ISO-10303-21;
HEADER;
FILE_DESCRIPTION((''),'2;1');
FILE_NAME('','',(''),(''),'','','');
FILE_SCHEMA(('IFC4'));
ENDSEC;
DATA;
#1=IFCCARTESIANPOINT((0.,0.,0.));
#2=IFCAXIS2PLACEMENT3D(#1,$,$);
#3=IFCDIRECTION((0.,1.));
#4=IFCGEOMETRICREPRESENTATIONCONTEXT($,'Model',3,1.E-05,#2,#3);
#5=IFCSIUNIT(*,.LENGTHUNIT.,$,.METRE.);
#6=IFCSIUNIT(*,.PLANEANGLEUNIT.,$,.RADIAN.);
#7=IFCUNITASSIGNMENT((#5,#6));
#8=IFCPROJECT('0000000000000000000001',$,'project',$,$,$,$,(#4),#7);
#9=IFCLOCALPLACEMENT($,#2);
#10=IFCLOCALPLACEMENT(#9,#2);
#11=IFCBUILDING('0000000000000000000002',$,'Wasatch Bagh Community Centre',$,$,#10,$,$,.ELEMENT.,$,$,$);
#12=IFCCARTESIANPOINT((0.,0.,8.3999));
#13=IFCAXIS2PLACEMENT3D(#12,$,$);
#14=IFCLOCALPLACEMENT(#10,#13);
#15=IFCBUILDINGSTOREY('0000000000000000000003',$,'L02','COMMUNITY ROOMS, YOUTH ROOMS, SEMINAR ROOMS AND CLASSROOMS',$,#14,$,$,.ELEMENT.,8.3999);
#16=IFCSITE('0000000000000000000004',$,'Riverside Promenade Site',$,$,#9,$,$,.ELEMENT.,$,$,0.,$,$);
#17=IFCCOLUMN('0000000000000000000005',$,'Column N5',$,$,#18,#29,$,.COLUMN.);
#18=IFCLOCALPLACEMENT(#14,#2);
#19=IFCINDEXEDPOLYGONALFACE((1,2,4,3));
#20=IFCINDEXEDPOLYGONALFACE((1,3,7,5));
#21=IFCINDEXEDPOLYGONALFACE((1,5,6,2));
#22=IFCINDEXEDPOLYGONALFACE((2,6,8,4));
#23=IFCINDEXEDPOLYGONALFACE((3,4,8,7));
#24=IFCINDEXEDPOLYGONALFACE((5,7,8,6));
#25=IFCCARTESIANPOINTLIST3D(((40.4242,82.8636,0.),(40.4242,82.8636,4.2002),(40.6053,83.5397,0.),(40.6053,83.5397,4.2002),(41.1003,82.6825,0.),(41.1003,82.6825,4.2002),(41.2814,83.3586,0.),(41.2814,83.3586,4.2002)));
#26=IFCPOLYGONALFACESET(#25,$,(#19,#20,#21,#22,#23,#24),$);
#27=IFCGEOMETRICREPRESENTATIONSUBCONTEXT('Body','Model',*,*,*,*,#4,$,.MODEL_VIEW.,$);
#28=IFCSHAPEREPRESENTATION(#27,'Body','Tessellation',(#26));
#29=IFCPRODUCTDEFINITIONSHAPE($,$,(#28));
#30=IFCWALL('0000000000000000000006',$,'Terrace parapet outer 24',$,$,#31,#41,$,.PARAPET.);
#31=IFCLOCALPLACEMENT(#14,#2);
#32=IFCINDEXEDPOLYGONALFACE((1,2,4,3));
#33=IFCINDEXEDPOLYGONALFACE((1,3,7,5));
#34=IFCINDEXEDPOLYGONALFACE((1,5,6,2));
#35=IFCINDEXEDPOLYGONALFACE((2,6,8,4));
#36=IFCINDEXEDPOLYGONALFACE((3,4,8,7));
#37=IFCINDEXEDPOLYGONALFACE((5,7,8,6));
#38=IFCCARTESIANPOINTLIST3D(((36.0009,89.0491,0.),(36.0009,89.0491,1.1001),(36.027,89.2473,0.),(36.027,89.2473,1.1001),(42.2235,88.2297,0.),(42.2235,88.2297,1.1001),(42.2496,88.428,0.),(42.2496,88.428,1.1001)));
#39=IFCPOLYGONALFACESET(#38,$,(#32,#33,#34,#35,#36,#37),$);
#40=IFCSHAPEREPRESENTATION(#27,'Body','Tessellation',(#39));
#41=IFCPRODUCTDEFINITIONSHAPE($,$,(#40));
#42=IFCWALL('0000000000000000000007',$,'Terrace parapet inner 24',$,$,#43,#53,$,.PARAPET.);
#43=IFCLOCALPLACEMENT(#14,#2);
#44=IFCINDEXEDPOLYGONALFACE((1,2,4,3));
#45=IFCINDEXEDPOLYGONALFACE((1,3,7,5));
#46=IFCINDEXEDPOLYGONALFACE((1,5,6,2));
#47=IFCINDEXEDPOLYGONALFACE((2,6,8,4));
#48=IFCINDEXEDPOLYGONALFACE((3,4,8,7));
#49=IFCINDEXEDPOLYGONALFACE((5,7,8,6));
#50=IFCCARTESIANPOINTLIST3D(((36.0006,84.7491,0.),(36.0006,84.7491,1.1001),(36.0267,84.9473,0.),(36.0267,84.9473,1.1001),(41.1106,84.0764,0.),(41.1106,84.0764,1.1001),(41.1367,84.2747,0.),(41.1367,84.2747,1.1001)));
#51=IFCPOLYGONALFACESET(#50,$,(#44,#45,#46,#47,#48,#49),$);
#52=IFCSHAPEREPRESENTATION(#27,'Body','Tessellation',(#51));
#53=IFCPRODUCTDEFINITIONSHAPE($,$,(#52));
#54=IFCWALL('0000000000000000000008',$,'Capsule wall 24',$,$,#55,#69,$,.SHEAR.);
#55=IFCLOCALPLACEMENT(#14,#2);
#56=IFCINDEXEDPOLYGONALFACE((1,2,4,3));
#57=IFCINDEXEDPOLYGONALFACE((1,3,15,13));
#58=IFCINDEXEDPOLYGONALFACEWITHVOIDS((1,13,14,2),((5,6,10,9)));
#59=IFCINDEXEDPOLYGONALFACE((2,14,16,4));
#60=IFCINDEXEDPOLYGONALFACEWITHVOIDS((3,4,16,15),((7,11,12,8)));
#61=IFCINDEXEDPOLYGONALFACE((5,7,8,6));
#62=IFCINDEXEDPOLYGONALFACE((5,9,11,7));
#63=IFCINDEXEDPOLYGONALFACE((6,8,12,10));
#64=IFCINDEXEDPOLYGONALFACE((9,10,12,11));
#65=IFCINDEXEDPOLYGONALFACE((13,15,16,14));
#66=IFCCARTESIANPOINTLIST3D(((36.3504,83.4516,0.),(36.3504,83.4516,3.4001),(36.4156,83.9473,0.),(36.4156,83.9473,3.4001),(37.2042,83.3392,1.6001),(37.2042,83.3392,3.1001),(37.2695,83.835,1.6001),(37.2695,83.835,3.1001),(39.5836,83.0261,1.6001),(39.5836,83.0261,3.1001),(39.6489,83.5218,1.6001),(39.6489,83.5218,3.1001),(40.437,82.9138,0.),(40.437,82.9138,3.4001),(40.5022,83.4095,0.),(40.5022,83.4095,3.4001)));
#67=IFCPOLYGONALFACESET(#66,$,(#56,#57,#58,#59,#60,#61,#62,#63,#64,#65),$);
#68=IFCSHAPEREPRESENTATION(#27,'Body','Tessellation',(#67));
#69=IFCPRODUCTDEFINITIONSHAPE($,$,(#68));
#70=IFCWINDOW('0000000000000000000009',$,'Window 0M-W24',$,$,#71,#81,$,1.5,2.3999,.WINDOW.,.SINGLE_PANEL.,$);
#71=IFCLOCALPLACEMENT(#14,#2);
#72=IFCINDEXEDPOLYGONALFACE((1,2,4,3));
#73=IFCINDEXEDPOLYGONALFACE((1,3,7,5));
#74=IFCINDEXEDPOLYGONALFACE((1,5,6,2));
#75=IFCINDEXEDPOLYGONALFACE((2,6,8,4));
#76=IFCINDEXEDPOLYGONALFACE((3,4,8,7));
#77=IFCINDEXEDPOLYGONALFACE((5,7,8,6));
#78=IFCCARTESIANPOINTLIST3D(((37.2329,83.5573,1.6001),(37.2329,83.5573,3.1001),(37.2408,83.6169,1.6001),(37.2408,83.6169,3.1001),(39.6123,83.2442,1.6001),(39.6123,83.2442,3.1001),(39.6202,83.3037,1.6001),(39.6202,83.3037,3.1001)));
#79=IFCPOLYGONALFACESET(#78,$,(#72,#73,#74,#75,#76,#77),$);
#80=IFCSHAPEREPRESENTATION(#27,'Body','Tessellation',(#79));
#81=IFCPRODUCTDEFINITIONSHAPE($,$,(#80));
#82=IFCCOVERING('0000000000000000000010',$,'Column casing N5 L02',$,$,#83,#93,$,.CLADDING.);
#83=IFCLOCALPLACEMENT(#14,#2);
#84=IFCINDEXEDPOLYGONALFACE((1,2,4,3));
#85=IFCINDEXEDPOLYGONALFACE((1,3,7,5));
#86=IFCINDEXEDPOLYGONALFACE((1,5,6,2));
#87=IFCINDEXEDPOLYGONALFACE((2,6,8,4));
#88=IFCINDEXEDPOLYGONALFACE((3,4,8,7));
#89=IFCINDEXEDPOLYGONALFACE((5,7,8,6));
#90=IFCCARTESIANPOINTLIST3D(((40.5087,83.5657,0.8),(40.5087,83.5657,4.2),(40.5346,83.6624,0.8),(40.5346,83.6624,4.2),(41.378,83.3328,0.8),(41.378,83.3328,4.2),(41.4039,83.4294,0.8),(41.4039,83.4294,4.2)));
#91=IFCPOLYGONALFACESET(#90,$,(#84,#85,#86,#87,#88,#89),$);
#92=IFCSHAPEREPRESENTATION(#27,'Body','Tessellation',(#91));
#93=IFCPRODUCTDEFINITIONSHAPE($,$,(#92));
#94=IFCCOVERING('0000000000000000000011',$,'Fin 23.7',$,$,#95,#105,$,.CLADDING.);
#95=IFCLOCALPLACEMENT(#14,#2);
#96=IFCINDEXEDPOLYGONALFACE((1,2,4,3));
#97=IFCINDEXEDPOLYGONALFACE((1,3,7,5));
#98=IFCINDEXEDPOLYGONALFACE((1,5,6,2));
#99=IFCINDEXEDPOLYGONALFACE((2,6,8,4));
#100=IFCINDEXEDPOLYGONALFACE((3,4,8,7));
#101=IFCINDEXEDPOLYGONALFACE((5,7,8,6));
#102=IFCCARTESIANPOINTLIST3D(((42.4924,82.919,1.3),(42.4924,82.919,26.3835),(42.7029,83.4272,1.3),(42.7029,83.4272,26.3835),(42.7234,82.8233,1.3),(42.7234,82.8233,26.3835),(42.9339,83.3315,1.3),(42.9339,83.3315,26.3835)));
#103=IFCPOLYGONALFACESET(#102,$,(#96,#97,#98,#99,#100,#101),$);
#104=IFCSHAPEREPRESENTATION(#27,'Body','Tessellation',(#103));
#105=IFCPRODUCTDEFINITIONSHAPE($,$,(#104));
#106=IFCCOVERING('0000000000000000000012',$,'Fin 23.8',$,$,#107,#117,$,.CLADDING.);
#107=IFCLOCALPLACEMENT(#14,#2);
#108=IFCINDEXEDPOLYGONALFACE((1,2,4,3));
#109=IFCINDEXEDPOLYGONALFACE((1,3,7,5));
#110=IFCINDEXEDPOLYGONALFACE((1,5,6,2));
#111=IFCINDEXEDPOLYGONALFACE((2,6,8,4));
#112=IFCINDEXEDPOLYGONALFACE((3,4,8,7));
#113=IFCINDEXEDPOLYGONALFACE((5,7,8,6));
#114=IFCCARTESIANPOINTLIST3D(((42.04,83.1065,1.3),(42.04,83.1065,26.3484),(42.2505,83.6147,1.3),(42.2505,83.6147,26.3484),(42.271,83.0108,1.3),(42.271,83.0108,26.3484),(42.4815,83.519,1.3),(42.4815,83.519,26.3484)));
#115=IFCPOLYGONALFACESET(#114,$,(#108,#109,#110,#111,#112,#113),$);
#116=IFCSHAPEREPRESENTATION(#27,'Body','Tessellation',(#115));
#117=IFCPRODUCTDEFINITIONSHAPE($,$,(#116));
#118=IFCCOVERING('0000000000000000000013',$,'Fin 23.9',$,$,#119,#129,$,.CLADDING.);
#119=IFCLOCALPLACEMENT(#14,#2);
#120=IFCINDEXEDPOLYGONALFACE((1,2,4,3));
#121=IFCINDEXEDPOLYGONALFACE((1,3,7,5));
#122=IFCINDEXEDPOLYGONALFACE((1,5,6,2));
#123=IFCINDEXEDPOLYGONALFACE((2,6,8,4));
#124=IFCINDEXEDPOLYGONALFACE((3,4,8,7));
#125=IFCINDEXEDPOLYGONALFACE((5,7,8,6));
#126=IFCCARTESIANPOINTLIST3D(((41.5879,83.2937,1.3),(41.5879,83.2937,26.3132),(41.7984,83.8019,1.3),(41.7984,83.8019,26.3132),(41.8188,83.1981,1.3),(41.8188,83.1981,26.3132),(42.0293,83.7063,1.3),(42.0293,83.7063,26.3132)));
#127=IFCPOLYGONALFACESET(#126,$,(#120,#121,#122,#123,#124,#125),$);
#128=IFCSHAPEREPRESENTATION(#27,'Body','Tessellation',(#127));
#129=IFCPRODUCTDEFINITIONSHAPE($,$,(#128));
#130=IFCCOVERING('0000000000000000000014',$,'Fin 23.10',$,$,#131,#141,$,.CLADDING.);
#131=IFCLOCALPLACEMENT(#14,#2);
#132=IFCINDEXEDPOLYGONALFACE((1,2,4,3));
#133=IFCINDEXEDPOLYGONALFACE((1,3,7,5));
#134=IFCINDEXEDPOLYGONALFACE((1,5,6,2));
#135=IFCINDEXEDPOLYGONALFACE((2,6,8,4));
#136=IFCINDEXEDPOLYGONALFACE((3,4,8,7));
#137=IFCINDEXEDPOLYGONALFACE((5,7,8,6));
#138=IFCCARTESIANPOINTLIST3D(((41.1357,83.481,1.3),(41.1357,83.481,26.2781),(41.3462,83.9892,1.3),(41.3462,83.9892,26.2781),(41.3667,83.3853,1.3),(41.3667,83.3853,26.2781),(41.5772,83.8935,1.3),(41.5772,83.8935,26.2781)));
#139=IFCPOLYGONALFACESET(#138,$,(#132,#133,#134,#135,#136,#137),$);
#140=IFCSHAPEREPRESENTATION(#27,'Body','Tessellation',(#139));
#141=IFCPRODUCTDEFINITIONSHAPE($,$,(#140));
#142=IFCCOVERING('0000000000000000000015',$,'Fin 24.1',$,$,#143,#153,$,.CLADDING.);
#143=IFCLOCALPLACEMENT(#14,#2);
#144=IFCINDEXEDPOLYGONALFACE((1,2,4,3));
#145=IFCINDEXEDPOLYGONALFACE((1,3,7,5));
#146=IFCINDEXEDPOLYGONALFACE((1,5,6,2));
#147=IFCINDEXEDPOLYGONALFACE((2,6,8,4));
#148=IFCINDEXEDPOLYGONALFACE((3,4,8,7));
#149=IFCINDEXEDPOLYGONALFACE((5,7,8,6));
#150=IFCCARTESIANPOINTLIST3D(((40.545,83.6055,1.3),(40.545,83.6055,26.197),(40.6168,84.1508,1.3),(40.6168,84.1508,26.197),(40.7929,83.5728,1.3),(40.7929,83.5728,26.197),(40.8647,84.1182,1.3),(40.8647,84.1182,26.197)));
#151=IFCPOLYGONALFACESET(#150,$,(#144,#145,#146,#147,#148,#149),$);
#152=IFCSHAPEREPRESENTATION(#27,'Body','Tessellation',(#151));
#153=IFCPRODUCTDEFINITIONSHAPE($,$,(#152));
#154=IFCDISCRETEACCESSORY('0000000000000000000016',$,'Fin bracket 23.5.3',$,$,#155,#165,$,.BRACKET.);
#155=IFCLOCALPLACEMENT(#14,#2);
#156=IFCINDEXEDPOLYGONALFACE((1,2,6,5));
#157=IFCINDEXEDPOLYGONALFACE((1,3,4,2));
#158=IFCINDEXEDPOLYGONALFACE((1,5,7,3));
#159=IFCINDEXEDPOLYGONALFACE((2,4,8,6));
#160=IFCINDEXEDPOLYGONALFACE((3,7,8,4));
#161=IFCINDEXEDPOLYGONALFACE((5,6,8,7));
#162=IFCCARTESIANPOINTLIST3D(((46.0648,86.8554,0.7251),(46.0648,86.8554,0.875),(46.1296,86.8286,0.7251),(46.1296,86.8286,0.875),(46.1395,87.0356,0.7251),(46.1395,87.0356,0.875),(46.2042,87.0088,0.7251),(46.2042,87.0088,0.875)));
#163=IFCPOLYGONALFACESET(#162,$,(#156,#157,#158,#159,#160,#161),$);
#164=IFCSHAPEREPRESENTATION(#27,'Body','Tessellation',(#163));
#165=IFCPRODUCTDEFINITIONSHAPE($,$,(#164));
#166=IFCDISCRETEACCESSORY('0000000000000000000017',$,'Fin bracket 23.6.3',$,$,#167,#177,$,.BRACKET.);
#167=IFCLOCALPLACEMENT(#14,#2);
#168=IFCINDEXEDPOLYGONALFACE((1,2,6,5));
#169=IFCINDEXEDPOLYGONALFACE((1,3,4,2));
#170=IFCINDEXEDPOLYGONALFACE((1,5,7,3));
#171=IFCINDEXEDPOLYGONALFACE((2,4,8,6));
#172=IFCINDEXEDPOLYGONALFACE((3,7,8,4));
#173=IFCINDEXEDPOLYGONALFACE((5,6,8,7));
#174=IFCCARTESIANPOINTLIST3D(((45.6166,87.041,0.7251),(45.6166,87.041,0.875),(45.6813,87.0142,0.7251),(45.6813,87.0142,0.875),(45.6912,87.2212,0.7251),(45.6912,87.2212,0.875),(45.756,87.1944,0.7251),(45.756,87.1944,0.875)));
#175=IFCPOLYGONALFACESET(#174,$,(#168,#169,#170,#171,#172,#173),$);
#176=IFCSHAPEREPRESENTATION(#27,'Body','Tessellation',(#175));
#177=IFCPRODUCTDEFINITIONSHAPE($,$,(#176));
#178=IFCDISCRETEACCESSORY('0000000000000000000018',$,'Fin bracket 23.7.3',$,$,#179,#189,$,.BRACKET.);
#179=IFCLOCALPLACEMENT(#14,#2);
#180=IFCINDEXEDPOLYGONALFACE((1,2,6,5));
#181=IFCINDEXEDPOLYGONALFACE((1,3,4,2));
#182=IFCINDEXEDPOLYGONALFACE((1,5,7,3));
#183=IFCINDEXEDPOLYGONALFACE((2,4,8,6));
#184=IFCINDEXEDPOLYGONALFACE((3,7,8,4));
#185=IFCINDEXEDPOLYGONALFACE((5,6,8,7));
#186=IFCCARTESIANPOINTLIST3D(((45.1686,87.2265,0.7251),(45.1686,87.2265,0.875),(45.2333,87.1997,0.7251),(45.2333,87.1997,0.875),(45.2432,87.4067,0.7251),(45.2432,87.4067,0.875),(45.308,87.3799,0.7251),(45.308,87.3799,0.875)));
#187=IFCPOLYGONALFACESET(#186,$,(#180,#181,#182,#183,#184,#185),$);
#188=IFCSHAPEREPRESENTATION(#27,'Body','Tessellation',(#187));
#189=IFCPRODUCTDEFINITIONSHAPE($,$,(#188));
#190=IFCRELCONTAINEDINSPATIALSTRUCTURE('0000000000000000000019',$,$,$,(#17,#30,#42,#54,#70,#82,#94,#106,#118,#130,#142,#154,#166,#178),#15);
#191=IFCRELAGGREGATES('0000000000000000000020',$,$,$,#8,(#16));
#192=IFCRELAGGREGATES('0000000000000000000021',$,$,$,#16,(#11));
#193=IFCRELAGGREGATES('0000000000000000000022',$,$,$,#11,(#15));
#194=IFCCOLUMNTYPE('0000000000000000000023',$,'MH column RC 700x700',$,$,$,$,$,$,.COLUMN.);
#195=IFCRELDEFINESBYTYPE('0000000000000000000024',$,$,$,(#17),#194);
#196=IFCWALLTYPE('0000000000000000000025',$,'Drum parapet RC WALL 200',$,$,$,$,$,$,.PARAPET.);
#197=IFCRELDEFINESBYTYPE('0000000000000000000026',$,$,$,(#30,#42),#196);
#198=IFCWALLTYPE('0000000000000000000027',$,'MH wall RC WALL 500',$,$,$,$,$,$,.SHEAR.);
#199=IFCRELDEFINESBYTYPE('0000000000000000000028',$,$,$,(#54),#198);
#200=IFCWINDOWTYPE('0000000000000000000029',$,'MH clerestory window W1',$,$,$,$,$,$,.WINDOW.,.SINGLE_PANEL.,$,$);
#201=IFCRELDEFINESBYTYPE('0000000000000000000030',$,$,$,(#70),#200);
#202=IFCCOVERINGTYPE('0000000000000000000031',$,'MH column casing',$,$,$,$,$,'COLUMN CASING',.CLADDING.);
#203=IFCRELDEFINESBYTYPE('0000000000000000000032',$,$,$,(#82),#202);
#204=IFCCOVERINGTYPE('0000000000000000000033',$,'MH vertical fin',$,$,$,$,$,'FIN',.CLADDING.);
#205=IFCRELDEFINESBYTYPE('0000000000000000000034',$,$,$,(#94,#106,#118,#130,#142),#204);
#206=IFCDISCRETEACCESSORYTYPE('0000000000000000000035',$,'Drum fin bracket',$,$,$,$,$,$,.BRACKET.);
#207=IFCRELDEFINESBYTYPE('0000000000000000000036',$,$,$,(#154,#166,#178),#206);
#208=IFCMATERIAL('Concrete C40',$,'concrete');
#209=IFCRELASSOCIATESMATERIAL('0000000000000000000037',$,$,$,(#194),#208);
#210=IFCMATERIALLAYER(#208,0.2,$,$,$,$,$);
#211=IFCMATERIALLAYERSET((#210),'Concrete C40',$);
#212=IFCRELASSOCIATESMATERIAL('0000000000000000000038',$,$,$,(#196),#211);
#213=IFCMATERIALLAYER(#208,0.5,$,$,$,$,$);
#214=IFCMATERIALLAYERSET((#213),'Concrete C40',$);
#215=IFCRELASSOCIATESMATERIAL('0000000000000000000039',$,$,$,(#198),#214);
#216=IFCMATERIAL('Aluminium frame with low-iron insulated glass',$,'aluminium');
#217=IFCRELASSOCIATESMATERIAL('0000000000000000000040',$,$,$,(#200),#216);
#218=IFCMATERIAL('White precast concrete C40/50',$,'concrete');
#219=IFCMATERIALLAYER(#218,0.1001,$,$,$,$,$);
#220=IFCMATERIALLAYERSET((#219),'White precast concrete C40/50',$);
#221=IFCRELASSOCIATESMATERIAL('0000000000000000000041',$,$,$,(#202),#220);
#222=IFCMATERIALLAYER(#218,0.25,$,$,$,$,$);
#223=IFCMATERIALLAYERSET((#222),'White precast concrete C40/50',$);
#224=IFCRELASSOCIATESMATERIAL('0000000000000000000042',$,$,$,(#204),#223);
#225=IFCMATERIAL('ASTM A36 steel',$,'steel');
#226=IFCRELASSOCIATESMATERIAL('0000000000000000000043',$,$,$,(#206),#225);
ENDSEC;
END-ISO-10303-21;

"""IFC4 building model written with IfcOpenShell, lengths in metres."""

from ifc_helpers import new_model, si_unit, direction, frame, frame_2d, origin, origin_2d, place, context, subcontext, project, spatial, rectangle, extrude, material, layer, layer_set, material_profile, profile_set, type_object, element, fill, save


model = new_model("IFC4")

# Units and contexts
model_context = context("Model", 3, precision=1e-05, world=origin(), true_north=direction((0.0, 1.0)))
body_context = subcontext(model_context, "Body", "Model", "MODEL_VIEW")
ifc_project = project(units=[si_unit("LENGTHUNIT", "METRE"), si_unit("PLANEANGLEUNIT", "RADIAN")], contexts=[model_context])

# Site, building, storey
site_placement = place(None, origin())
site = spatial("IfcSite", under=ifc_project, at=site_placement, Name="Riverside Promenade Site", CompositionType="ELEMENT", RefElevation=0.0)
building_placement = place(site_placement, origin())
building = spatial("IfcBuilding", under=site, at=building_placement, Name="Wasatch Bagh Community Centre", CompositionType="ELEMENT")
storey_placement = place(building_placement, frame((0.0, 0.0, 8.3999)))
storey = spatial("IfcBuildingStorey", under=building, at=storey_placement, Name="L02", Description="COMMUNITY ROOMS, YOUTH ROOMS, SEMINAR ROOMS AND CLASSROOMS", CompositionType="ELEMENT", Elevation=8.3999)

# Column
ifc_material_1 = material(Name="Concrete C40", Category="concrete")
ifc_material_profile = material_profile(ifc_material_1, rectangle(XDim=0.7, YDim=0.7, at=origin_2d()), Name="RC 700x700")
ifc_profile_set = profile_set([ifc_material_profile], Name="Concrete C40")
column_type = type_object("IfcColumnType", Name="MH column RC 700x700", PredefinedType="COLUMN", material=ifc_profile_set)
column_placement = place(storey_placement, frame((40.8528, 83.1111, 0.0), z_axis=(0.0, 0.0, 1.0), x_axis=(0.258819, 0.965926, 0.0)))
element("IfcColumn", 1, at=column_placement, inside=storey, type_object=column_type, Name="Column N5", PredefinedType="COLUMN", context=body_context, shape_type="SweptSolid", body=[
    extrude(rectangle(XDim=0.7, YDim=0.7, at=origin_2d()), origin(), (0.0, 0.0, 1.0), 4.2002),
])

# Walls
ifc_layer_1 = layer(ifc_material_1, 0.2)
ifc_layer_set_1 = layer_set([ifc_layer_1], Name="Concrete C40")
wall_type_1 = type_object("IfcWallType", Name="Drum parapet RC WALL 200", PredefinedType="PARAPET", material=ifc_layer_set_1)
wall_1_placement = place(storey_placement, frame((42.2366, 88.3289, 0.0), z_axis=(0.0, 0.0, 1.0), x_axis=(-0.991443, 0.130543, 0.0)))
element("IfcWall", 2, at=wall_1_placement, inside=storey, type_object=wall_type_1, Name="Terrace parapet outer 24", PredefinedType="PARAPET", context=body_context, shape_type="SweptSolid", body=[
    extrude(rectangle(XDim=6.2764, YDim=0.2, at=frame_2d((3.1382, 0.0))), origin(), (0.0, 0.0, 1.0), 1.1001),
])
wall_2_placement = place(storey_placement, frame((41.1238, 84.1755, 0.0), z_axis=(0.0, 0.0, 1.0), x_axis=(-0.991448, 0.130504, 0.0)))
element("IfcWall", 3, at=wall_2_placement, inside=storey, type_object=wall_type_1, Name="Terrace parapet inner 24", PredefinedType="PARAPET", context=body_context, shape_type="SweptSolid", body=[
    extrude(rectangle(XDim=5.1541, YDim=0.2, at=frame_2d((2.5771, 0.0))), origin(), (0.0, 0.0, 1.0), 1.1001),
])

# Wall, opening, window
ifc_layer_2 = layer(ifc_material_1, 0.5)
ifc_layer_set_2 = layer_set([ifc_layer_2], Name="Concrete C40")
wall_type_2 = type_object("IfcWallType", Name="MH wall RC WALL 500", PredefinedType="SHEAR", material=ifc_layer_set_2)
wall_3_placement = place(storey_placement, frame((40.4697, 83.1616, 0.0), z_axis=(0.0, 0.0, 1.0), x_axis=(-0.99145, 0.130484, 0.0)))
wall_3 = element("IfcWall", 4, at=wall_3_placement, inside=storey, type_object=wall_type_2, Name="Capsule wall 24", PredefinedType="SHEAR", context=body_context, shape_type="SweptSolid", body=[
    extrude(rectangle(XDim=4.1218, YDim=0.5, at=frame_2d((2.061, 0.0))), origin(), (0.0, 0.0, 1.0), 3.4001),
])
opening_placement = place(wall_3_placement, frame((0.8608, 0.0, 1.6001)))
opening = element("IfcOpeningElement", 5, at=opening_placement, cuts=wall_3, PredefinedType="OPENING", context=body_context, shape_type="SweptSolid", body=[
    extrude(rectangle(XDim=2.3999, YDim=1.5, at=frame_2d((1.2, 0.75))), frame((0.0, 0.26, 0.0), z_axis=(0.0, -1.0, 0.0), x_axis=(1.0, 0.0, 0.0)), (0.0, 0.0, 1.0), 0.52),
])
ifc_material_2 = material(Name="Aluminium frame with low-iron insulated glass", Category="aluminium")
window_type = type_object("IfcWindowType", Name="MH clerestory window W1", PartitioningType="SINGLE_PANEL", PredefinedType="WINDOW", material=ifc_material_2)
window_placement = place(opening_placement, origin())
window = element("IfcWindow", 6, at=window_placement, inside=storey, type_object=window_type, Name="Window 0M-W24", OverallHeight=1.5, OverallWidth=2.3999, PartitioningType="SINGLE_PANEL", PredefinedType="WINDOW", context=body_context, shape_type="SweptSolid", body=[
    extrude(rectangle(XDim=2.3999, YDim=1.5, at=frame_2d((1.2, 0.75))), frame((0.0, 0.03, 0.0), z_axis=(0.0, -1.0, 0.0), x_axis=(1.0, 0.0, 0.0)), (0.0, 0.0, 1.0), 0.0601),
])
fill(opening, window)

# Coverings
ifc_material_3 = material(Name="White precast concrete C40/50", Category="concrete")
ifc_layer_3 = layer(ifc_material_3, 0.1001)
ifc_layer_set_3 = layer_set([ifc_layer_3], Name="White precast concrete C40/50")
covering_type_1 = type_object("IfcCoveringType", Name="MH column casing", ElementType="COLUMN CASING", PredefinedType="CLADDING", material=ifc_layer_set_3)
covering_1_placement = place(storey_placement, frame((40.9563, 83.4976, 0.8), z_axis=(0.0, 0.0, 1.0), x_axis=(-0.965926, 0.258819, 0.0)))
element("IfcCovering", 7, at=covering_1_placement, inside=storey, type_object=covering_type_1, Name="Column casing N5 L02", PredefinedType="CLADDING", context=body_context, shape_type="SweptSolid", body=[
    extrude(rectangle(XDim=0.8999, YDim=0.1001, at=origin_2d()), origin(), (0.0, 0.0, 1.0), 3.3999),
])
ifc_layer_4 = layer(ifc_material_3, 0.25)
ifc_layer_set_4 = layer_set([ifc_layer_4], Name="White precast concrete C40/50")
covering_type_2 = type_object("IfcCoveringType", Name="MH vertical fin", ElementType="FIN", PredefinedType="CLADDING", material=ifc_layer_set_4)
covering_2_placement = place(storey_placement, frame((42.7131, 83.1252, 1.3), z_axis=(0.0, 0.0, 1.0), x_axis=(-0.92388, 0.382683, 0.0)))
element("IfcCovering", 8, at=covering_2_placement, inside=storey, type_object=covering_type_2, Name="Fin 23.7", PredefinedType="CLADDING", context=body_context, shape_type="SweptSolid", body=[
    extrude(rectangle(XDim=0.25, YDim=0.55, at=origin_2d()), origin(), (0.0, 0.0, 1.0), 25.0835),
])
covering_3_placement = place(storey_placement, frame((42.2607, 83.3127, 1.3), z_axis=(0.0, 0.0, 1.0), x_axis=(-0.92388, 0.382683, 0.0)))
element("IfcCovering", 9, at=covering_3_placement, inside=storey, type_object=covering_type_2, Name="Fin 23.8", PredefinedType="CLADDING", context=body_context, shape_type="SweptSolid", body=[
    extrude(rectangle(XDim=0.25, YDim=0.55, at=origin_2d()), origin(), (0.0, 0.0, 1.0), 25.0483),
])
covering_4_placement = place(storey_placement, frame((41.8086, 83.5, 1.3), z_axis=(0.0, 0.0, 1.0), x_axis=(-0.92388, 0.382683, 0.0)))
element("IfcCovering", 10, at=covering_4_placement, inside=storey, type_object=covering_type_2, Name="Fin 23.9", PredefinedType="CLADDING", context=body_context, shape_type="SweptSolid", body=[
    extrude(rectangle(XDim=0.25, YDim=0.55, at=origin_2d()), origin(), (0.0, 0.0, 1.0), 25.0132),
])
covering_5_placement = place(storey_placement, frame((41.3564, 83.6873, 1.3), z_axis=(0.0, 0.0, 1.0), x_axis=(-0.92388, 0.382683, 0.0)))
element("IfcCovering", 11, at=covering_5_placement, inside=storey, type_object=covering_type_2, Name="Fin 23.10", PredefinedType="CLADDING", context=body_context, shape_type="SweptSolid", body=[
    extrude(rectangle(XDim=0.25, YDim=0.55, at=origin_2d()), origin(), (0.0, 0.0, 1.0), 24.978),
])
covering_6_placement = place(storey_placement, frame((40.7048, 83.8618, 1.3), z_axis=(0.0, 0.0, 1.0), x_axis=(-0.991445, 0.130526, 0.0)))
element("IfcCovering", 12, at=covering_6_placement, inside=storey, type_object=covering_type_2, Name="Fin 24.1", PredefinedType="CLADDING", context=body_context, shape_type="SweptSolid", body=[
    extrude(rectangle(XDim=0.25, YDim=0.55, at=origin_2d()), origin(), (0.0, 0.0, 1.0), 24.897),
])

# Discrete accessories
ifc_material_4 = material(Name="ASTM A36 steel", Category="steel")
discrete_accessory_type_1 = type_object("IfcDiscreteAccessoryType", Name="Drum fin bracket", PredefinedType="BRACKET", material=ifc_material_4)
for number, where, z_axis, x_axis, name in (
    (13, (46.1345, 86.9321, 0.7251), (0.0, 0.0, 1.0), (-0.92388, 0.382683, 0.0), "Fin bracket 23.5.3"),
    (14, (45.6863, 87.1177, 0.7251), (0.0, 0.0, 1.0), (-0.92388, 0.382683, 0.0), "Fin bracket 23.6.3"),
    (15, (45.2383, 87.3032, 0.7251), (0.0, 0.0, 1.0), (-0.92388, 0.382683, 0.0), "Fin bracket 23.7.3"),
):
    element("IfcDiscreteAccessory", number, at=place(storey_placement, frame(where, z_axis=z_axis, x_axis=x_axis)), inside=storey, type_object=discrete_accessory_type_1, Name=name, PredefinedType="BRACKET", context=body_context, shape_type="SweptSolid", body=[
        extrude(rectangle(XDim=0.0701, YDim=0.1951, at=origin_2d()), origin(), (0.0, 0.0, 1.0), 0.1499),
    ])

save(model, "model.ifc")
